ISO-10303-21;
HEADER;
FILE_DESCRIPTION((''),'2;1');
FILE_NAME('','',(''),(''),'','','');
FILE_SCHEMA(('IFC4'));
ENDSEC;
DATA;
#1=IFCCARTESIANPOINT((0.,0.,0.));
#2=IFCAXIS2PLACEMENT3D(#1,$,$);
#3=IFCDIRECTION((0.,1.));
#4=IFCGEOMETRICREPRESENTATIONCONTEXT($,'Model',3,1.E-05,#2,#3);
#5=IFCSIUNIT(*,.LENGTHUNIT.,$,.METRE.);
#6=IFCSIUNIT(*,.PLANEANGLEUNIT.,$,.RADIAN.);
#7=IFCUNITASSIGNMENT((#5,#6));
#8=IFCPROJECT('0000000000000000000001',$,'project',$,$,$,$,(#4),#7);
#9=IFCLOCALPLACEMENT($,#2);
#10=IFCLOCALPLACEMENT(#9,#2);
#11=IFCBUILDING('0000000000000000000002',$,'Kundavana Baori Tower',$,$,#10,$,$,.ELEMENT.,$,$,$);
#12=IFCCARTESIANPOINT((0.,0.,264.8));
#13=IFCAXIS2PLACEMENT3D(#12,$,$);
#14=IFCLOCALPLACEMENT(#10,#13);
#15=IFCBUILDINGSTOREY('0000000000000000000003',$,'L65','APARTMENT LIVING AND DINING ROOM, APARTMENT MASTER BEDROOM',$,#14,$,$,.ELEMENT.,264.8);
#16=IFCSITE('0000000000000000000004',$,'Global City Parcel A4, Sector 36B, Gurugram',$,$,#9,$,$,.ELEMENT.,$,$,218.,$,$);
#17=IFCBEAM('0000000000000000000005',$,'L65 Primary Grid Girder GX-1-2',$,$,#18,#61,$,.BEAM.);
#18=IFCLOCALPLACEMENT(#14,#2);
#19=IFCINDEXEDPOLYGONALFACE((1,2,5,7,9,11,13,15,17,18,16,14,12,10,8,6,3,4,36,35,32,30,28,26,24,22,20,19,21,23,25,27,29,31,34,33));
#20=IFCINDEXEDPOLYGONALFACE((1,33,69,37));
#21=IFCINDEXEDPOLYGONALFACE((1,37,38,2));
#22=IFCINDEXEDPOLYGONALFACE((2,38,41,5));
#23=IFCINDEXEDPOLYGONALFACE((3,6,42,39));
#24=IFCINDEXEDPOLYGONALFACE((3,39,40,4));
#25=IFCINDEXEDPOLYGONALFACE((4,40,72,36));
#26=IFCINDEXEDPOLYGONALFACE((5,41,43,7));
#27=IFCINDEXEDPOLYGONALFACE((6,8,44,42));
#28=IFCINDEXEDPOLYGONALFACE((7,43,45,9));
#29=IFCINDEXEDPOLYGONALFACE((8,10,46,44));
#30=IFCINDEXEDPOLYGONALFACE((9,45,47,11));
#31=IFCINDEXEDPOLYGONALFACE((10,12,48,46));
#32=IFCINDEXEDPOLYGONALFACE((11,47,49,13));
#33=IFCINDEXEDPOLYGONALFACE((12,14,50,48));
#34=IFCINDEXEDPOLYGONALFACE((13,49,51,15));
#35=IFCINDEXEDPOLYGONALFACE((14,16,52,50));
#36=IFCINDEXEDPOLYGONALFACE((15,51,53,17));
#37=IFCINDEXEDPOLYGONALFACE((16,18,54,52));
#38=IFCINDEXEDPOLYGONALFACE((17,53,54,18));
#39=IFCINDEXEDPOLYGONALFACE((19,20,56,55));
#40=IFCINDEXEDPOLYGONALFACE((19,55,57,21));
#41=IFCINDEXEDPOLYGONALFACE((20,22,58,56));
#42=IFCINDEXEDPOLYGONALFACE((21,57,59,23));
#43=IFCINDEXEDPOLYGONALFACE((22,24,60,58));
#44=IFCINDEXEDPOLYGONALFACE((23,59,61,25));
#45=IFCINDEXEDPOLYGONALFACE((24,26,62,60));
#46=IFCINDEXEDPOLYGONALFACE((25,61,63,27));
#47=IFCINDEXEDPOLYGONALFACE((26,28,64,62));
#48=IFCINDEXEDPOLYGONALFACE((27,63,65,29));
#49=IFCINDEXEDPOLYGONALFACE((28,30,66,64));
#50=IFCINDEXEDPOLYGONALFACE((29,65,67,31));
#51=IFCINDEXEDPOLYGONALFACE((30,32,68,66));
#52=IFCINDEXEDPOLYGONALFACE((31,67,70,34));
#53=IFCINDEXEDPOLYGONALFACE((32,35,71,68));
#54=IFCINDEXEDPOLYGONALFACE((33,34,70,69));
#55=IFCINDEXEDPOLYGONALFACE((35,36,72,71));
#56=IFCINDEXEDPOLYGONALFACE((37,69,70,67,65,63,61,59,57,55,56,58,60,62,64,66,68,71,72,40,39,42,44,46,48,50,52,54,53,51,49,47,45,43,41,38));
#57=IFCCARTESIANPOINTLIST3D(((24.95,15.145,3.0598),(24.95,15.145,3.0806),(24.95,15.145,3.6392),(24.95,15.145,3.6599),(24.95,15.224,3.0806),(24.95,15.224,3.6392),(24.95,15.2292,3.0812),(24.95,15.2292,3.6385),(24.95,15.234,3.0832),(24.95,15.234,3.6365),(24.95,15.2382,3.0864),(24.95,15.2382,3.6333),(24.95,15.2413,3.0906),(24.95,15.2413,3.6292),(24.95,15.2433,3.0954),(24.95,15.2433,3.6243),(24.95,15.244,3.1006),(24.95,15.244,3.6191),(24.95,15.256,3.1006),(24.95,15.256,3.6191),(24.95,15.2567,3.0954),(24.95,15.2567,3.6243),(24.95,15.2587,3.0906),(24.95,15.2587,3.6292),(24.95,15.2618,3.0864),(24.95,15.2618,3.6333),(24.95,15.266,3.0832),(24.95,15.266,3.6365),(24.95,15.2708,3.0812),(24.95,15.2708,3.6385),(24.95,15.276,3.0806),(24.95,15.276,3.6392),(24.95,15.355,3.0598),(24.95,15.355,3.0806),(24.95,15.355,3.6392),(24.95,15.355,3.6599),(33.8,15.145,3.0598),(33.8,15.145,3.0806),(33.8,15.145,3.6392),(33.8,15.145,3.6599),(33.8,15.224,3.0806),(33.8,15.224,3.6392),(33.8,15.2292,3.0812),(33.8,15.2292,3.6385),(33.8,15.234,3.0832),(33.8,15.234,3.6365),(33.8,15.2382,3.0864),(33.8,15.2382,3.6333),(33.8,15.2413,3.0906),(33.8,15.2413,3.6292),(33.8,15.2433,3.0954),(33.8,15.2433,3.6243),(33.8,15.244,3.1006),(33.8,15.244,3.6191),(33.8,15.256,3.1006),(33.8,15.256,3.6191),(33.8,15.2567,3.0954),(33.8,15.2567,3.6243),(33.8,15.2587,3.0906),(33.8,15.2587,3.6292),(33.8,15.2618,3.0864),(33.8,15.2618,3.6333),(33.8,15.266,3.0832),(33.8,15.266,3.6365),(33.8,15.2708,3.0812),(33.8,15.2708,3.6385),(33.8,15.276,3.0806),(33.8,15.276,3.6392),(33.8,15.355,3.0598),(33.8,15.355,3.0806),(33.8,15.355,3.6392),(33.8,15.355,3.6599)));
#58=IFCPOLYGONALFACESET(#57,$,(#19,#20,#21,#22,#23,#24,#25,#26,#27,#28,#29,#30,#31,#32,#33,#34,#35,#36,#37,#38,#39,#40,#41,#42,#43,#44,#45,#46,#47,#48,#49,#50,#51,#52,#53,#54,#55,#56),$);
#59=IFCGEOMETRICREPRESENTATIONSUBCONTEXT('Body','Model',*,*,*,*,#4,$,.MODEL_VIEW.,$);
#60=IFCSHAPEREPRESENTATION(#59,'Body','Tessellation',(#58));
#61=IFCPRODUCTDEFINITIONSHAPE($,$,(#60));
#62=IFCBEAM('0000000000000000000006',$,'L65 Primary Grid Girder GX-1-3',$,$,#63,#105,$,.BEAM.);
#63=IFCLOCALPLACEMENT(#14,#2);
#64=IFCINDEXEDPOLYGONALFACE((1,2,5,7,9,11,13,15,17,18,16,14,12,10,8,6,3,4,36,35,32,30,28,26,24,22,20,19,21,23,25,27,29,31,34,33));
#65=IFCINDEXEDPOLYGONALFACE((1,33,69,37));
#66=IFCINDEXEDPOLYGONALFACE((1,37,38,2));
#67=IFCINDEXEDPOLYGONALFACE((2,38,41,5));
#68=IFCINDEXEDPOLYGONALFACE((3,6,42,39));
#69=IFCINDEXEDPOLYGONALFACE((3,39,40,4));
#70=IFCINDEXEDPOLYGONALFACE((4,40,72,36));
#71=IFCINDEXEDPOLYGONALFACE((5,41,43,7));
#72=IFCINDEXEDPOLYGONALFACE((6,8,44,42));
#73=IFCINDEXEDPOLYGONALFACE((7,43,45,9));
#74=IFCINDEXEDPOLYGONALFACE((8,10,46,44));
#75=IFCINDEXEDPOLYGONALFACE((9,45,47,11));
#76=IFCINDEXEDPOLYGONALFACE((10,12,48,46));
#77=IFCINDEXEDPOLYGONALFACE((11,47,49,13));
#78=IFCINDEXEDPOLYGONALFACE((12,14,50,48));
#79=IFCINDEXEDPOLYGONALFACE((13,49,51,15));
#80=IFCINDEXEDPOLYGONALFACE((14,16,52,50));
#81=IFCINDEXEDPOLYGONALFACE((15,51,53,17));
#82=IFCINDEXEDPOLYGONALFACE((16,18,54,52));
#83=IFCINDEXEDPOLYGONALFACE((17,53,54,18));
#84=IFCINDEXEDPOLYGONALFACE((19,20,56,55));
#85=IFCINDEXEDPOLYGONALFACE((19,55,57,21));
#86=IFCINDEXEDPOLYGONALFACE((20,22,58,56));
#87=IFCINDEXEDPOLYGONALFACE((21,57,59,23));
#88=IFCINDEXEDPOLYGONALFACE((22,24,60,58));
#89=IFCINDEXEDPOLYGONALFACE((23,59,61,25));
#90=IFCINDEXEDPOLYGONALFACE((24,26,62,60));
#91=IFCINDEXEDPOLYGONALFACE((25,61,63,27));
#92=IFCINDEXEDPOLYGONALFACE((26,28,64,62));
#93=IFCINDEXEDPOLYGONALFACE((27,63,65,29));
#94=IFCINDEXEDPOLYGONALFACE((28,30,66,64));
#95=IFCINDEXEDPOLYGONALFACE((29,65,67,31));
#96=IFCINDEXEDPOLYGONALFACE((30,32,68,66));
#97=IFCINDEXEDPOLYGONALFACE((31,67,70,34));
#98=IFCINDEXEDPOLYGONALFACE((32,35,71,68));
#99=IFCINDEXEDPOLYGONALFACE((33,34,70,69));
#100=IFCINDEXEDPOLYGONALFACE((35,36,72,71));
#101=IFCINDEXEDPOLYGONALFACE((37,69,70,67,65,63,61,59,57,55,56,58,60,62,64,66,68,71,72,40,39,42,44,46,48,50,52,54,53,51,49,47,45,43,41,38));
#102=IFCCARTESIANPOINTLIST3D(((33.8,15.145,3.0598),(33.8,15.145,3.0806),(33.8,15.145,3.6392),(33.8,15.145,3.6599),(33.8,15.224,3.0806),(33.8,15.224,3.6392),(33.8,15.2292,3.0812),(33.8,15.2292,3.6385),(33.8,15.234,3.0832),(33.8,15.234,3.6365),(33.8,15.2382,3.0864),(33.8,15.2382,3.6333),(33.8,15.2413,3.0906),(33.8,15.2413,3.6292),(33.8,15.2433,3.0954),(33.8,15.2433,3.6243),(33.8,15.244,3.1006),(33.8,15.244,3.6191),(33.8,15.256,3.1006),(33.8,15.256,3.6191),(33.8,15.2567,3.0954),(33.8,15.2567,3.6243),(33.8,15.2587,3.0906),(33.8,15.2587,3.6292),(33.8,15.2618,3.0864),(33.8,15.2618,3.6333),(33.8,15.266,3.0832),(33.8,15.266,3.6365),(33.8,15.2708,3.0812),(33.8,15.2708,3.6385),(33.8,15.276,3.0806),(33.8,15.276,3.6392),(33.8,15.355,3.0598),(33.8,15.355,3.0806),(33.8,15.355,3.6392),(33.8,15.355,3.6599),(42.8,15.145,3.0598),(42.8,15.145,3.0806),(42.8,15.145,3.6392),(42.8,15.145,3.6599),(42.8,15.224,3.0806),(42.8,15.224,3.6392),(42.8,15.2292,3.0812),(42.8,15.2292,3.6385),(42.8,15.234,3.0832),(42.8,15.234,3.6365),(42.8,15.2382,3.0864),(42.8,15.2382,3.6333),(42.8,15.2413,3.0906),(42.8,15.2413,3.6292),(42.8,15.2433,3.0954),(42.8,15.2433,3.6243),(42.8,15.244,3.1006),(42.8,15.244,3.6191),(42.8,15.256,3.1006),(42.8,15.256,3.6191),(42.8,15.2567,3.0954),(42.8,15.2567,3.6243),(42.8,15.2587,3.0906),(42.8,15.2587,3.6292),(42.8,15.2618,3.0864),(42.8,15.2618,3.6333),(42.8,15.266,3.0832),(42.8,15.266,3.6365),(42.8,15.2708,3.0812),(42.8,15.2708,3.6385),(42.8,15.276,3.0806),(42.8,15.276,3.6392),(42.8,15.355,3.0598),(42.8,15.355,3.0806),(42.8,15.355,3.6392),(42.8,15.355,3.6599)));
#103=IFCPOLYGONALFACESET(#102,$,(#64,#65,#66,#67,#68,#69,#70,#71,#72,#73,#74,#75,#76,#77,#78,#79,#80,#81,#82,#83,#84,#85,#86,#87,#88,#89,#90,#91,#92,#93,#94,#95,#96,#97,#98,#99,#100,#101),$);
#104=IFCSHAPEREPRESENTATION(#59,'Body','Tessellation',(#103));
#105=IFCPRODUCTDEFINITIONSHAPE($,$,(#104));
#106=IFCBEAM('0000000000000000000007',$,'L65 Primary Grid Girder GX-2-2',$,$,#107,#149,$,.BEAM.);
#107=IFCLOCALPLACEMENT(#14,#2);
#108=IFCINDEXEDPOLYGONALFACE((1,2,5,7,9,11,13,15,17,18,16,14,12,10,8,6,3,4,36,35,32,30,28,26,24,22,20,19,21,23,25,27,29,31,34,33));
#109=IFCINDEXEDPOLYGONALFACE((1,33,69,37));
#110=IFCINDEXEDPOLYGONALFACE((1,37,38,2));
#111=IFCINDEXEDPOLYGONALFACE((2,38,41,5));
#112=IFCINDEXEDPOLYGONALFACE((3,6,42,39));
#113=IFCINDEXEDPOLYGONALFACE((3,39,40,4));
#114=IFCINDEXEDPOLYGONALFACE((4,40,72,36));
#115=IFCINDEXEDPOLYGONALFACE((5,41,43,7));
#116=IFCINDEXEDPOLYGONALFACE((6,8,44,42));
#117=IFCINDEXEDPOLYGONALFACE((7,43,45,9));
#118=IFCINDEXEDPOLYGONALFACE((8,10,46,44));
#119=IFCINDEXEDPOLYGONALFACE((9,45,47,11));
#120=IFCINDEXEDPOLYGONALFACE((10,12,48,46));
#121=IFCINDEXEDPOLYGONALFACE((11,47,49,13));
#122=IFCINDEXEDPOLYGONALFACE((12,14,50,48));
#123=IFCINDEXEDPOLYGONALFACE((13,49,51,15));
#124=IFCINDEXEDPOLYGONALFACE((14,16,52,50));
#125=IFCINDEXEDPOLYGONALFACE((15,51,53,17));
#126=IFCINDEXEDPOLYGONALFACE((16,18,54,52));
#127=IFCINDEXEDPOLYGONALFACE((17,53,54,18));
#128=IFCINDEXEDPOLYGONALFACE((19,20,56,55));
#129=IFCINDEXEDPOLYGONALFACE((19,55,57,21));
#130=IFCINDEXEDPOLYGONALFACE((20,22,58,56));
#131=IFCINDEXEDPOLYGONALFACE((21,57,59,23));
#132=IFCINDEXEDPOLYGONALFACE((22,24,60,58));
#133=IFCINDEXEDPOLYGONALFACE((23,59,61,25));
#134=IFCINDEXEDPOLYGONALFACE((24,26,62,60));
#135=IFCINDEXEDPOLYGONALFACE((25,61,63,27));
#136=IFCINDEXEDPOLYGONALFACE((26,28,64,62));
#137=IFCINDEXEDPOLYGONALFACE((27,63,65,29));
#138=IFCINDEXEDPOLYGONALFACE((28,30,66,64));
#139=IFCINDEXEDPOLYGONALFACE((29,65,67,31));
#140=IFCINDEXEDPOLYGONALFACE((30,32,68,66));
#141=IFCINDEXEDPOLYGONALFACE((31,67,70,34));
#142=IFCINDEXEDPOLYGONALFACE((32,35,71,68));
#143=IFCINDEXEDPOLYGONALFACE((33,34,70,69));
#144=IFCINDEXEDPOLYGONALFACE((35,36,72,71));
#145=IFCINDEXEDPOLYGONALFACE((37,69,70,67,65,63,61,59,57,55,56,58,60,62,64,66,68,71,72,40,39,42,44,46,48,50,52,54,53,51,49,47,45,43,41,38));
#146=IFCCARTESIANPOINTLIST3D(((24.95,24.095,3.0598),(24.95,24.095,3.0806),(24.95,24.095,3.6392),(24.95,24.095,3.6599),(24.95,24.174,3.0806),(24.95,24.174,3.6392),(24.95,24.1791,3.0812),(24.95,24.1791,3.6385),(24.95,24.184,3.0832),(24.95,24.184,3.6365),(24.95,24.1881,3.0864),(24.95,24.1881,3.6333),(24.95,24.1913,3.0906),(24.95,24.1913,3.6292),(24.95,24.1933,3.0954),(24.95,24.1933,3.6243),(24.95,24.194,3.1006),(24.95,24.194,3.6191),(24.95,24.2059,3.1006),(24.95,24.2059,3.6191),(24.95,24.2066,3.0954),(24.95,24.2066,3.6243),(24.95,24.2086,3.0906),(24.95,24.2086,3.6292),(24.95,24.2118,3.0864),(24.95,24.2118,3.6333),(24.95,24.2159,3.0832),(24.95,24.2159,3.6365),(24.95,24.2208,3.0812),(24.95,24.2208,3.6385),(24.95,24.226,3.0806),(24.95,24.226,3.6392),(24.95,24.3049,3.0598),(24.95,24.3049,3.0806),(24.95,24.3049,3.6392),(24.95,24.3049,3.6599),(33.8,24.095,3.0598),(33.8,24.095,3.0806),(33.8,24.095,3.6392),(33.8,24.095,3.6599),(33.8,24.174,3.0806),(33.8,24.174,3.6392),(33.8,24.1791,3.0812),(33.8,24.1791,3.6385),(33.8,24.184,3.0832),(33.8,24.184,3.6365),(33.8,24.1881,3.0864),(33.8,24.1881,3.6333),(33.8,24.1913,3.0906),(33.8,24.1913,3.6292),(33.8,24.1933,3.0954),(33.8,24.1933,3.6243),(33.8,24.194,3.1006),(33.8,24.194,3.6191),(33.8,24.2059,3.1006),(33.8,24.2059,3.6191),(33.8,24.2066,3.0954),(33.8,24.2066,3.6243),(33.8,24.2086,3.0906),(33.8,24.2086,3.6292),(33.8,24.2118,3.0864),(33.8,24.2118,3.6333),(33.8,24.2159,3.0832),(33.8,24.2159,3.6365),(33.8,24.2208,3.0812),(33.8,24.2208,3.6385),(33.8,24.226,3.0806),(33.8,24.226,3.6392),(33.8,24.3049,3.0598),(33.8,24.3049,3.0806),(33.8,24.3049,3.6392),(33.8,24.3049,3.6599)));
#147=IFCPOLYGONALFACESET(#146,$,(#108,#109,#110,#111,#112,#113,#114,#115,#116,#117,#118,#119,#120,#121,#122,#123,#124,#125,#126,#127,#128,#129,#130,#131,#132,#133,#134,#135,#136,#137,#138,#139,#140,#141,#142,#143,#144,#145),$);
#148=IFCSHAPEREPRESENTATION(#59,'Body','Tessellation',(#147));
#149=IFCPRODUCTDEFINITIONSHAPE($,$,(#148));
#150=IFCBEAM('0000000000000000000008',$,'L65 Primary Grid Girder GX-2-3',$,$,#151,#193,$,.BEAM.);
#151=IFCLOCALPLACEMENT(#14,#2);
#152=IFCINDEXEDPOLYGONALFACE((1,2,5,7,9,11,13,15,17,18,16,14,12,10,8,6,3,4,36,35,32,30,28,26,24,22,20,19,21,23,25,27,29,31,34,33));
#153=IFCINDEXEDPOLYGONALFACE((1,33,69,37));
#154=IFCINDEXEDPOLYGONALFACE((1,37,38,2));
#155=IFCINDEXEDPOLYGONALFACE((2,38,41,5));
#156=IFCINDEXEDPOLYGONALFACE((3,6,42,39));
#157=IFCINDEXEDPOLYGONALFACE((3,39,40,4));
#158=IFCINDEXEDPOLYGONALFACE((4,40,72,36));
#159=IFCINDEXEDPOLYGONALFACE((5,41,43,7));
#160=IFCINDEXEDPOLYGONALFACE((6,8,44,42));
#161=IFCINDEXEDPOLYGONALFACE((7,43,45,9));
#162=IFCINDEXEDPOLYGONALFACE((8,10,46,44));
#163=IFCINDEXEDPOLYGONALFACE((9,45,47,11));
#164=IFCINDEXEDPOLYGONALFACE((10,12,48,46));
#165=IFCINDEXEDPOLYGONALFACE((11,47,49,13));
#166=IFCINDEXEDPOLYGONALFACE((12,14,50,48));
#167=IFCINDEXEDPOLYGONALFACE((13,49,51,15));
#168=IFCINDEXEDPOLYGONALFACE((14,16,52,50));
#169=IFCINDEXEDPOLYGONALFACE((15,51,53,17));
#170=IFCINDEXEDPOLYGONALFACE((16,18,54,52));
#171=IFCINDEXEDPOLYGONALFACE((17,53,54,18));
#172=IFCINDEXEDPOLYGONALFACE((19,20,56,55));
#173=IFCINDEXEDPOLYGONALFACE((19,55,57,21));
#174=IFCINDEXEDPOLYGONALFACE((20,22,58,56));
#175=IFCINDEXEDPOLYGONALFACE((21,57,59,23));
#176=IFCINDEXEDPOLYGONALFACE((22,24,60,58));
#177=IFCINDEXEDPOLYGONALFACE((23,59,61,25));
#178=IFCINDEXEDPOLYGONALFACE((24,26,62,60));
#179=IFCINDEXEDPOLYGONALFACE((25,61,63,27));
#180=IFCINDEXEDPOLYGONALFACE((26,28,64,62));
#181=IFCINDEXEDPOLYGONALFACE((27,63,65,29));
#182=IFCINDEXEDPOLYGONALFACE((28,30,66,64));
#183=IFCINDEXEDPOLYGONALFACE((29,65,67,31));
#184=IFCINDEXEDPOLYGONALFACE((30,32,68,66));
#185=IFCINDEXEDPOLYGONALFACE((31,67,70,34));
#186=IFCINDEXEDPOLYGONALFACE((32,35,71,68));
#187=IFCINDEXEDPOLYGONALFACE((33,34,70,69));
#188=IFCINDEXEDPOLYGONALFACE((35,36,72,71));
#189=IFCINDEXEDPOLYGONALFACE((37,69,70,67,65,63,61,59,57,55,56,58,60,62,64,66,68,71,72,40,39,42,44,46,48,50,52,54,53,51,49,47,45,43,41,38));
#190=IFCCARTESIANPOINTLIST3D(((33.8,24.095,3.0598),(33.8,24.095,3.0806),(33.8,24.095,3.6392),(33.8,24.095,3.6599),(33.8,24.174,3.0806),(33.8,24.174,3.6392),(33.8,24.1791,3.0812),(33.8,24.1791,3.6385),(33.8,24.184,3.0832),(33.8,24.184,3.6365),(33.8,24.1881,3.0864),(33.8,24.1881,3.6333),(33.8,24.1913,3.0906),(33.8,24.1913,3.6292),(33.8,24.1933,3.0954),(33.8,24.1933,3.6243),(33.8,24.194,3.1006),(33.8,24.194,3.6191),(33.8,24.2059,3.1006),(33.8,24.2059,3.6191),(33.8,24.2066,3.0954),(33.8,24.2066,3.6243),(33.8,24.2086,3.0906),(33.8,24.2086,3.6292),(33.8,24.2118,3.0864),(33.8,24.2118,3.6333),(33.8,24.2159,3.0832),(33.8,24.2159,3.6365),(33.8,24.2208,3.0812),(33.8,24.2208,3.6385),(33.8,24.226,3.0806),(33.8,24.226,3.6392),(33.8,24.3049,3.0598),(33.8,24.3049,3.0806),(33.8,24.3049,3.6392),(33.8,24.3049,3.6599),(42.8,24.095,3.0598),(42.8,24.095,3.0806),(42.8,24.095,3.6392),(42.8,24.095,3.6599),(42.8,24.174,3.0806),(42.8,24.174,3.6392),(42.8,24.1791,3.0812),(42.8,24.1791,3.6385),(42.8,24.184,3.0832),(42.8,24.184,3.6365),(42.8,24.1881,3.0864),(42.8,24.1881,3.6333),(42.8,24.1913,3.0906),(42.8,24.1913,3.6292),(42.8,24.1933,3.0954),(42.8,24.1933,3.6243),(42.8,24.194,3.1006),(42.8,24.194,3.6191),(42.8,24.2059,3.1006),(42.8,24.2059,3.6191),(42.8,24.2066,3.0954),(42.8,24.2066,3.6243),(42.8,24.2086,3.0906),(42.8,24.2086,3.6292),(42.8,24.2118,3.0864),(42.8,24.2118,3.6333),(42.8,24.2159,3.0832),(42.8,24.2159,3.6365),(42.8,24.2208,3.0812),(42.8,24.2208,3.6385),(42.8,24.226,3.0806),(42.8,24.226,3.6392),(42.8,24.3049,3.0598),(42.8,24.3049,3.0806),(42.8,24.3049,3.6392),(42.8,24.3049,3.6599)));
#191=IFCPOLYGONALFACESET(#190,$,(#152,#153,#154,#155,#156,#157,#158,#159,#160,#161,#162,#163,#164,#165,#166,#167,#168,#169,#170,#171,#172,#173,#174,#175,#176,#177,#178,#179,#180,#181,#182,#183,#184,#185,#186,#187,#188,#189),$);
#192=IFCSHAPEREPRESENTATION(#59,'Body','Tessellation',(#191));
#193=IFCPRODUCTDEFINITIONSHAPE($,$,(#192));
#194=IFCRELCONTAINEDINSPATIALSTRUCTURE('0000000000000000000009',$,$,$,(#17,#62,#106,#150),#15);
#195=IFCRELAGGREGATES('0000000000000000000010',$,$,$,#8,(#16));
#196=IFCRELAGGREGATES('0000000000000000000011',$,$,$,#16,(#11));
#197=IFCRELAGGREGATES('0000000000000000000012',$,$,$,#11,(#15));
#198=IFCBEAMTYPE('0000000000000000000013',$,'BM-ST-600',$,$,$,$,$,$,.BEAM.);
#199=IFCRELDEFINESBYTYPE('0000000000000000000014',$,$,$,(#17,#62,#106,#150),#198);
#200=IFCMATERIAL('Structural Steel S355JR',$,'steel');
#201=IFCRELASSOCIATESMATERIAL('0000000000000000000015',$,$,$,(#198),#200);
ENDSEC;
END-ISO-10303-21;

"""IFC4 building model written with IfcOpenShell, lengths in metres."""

from ifc_helpers import new_model, si_unit, direction, frame, origin, origin_2d, place, context, subcontext, project, spatial, i_section, extrude, material, material_profile, profile_set, type_object, element, save


model = new_model("IFC4")

# Units and contexts
model_context = context("Model", 3, precision=1e-05, world=origin(), true_north=direction((0.0, 1.0)))
body_context = subcontext(model_context, "Body", "Model", "MODEL_VIEW")
ifc_project = project(units=[si_unit("LENGTHUNIT", "METRE"), si_unit("PLANEANGLEUNIT", "RADIAN")], contexts=[model_context])

# Site, building, storey
site_placement = place(None, origin())
site = spatial("IfcSite", under=ifc_project, at=site_placement, Name="Global City Parcel A4, Sector 36B, Gurugram", CompositionType="ELEMENT", RefElevation=218.0)
building_placement = place(site_placement, origin())
building = spatial("IfcBuilding", under=site, at=building_placement, Name="Kundavana Baori Tower", CompositionType="ELEMENT")
storey_placement = place(building_placement, frame((0.0, 0.0, 264.8)))
storey = spatial("IfcBuildingStorey", under=building, at=storey_placement, Name="L65", Description="APARTMENT LIVING AND DINING ROOM, APARTMENT MASTER BEDROOM", CompositionType="ELEMENT", Elevation=264.8)

# Beams
ifc_material_1 = material(Name="Structural Steel S355JR", Category="steel")
ifc_material_profile_1 = material_profile(ifc_material_1, i_section(OverallWidth=0.21, OverallDepth=0.6001, WebThickness=0.012, FlangeThickness=0.0208, FilletRadius=0.02, at=origin_2d()), Name="ISMB 600")
ifc_profile_set_1 = profile_set([ifc_material_profile_1], Name="Structural Steel S355JR")
beam_type_1 = type_object("IfcBeamType", Name="BM-ST-600", PredefinedType="BEAM", material=ifc_profile_set_1)
beam_1_placement = place(storey_placement, frame((24.95, 15.25, 3.3599), z_axis=(1.0, 0.0, 0.0), x_axis=(0.0, 1.0, 0.0)))
element("IfcBeam", 1, at=beam_1_placement, inside=storey, type_object=beam_type_1, Name="L65 Primary Grid Girder GX-1-2", PredefinedType="BEAM", context=body_context, shape_type="SweptSolid", body=[
    extrude(i_section(OverallWidth=0.21, OverallDepth=0.6001, WebThickness=0.012, FlangeThickness=0.0208, FilletRadius=0.02, at=origin_2d()), origin(), (0.0, 0.0, 1.0), 8.8501),
])
beam_2_placement = place(storey_placement, frame((33.8, 15.25, 3.3599), z_axis=(1.0, 0.0, 0.0), x_axis=(0.0, 1.0, 0.0)))
element("IfcBeam", 2, at=beam_2_placement, inside=storey, type_object=beam_type_1, Name="L65 Primary Grid Girder GX-1-3", PredefinedType="BEAM", context=body_context, shape_type="SweptSolid", body=[
    extrude(i_section(OverallWidth=0.21, OverallDepth=0.6001, WebThickness=0.012, FlangeThickness=0.0208, FilletRadius=0.02, at=origin_2d()), origin(), (0.0, 0.0, 1.0), 9.0),
])
beam_3_placement = place(storey_placement, frame((24.95, 24.2, 3.3599), z_axis=(1.0, 0.0, 0.0), x_axis=(0.0, 1.0, 0.0)))
element("IfcBeam", 3, at=beam_3_placement, inside=storey, type_object=beam_type_1, Name="L65 Primary Grid Girder GX-2-2", PredefinedType="BEAM", context=body_context, shape_type="SweptSolid", body=[
    extrude(i_section(OverallWidth=0.21, OverallDepth=0.6001, WebThickness=0.012, FlangeThickness=0.0208, FilletRadius=0.02, at=origin_2d()), origin(), (0.0, 0.0, 1.0), 8.8501),
])
beam_4_placement = place(storey_placement, frame((33.8, 24.2, 3.3599), z_axis=(1.0, 0.0, 0.0), x_axis=(0.0, 1.0, 0.0)))
element("IfcBeam", 4, at=beam_4_placement, inside=storey, type_object=beam_type_1, Name="L65 Primary Grid Girder GX-2-3", PredefinedType="BEAM", context=body_context, shape_type="SweptSolid", body=[
    extrude(i_section(OverallWidth=0.21, OverallDepth=0.6001, WebThickness=0.012, FlangeThickness=0.0208, FilletRadius=0.02, at=origin_2d()), origin(), (0.0, 0.0, 1.0), 9.0),
])

save(model, "model.ifc")
